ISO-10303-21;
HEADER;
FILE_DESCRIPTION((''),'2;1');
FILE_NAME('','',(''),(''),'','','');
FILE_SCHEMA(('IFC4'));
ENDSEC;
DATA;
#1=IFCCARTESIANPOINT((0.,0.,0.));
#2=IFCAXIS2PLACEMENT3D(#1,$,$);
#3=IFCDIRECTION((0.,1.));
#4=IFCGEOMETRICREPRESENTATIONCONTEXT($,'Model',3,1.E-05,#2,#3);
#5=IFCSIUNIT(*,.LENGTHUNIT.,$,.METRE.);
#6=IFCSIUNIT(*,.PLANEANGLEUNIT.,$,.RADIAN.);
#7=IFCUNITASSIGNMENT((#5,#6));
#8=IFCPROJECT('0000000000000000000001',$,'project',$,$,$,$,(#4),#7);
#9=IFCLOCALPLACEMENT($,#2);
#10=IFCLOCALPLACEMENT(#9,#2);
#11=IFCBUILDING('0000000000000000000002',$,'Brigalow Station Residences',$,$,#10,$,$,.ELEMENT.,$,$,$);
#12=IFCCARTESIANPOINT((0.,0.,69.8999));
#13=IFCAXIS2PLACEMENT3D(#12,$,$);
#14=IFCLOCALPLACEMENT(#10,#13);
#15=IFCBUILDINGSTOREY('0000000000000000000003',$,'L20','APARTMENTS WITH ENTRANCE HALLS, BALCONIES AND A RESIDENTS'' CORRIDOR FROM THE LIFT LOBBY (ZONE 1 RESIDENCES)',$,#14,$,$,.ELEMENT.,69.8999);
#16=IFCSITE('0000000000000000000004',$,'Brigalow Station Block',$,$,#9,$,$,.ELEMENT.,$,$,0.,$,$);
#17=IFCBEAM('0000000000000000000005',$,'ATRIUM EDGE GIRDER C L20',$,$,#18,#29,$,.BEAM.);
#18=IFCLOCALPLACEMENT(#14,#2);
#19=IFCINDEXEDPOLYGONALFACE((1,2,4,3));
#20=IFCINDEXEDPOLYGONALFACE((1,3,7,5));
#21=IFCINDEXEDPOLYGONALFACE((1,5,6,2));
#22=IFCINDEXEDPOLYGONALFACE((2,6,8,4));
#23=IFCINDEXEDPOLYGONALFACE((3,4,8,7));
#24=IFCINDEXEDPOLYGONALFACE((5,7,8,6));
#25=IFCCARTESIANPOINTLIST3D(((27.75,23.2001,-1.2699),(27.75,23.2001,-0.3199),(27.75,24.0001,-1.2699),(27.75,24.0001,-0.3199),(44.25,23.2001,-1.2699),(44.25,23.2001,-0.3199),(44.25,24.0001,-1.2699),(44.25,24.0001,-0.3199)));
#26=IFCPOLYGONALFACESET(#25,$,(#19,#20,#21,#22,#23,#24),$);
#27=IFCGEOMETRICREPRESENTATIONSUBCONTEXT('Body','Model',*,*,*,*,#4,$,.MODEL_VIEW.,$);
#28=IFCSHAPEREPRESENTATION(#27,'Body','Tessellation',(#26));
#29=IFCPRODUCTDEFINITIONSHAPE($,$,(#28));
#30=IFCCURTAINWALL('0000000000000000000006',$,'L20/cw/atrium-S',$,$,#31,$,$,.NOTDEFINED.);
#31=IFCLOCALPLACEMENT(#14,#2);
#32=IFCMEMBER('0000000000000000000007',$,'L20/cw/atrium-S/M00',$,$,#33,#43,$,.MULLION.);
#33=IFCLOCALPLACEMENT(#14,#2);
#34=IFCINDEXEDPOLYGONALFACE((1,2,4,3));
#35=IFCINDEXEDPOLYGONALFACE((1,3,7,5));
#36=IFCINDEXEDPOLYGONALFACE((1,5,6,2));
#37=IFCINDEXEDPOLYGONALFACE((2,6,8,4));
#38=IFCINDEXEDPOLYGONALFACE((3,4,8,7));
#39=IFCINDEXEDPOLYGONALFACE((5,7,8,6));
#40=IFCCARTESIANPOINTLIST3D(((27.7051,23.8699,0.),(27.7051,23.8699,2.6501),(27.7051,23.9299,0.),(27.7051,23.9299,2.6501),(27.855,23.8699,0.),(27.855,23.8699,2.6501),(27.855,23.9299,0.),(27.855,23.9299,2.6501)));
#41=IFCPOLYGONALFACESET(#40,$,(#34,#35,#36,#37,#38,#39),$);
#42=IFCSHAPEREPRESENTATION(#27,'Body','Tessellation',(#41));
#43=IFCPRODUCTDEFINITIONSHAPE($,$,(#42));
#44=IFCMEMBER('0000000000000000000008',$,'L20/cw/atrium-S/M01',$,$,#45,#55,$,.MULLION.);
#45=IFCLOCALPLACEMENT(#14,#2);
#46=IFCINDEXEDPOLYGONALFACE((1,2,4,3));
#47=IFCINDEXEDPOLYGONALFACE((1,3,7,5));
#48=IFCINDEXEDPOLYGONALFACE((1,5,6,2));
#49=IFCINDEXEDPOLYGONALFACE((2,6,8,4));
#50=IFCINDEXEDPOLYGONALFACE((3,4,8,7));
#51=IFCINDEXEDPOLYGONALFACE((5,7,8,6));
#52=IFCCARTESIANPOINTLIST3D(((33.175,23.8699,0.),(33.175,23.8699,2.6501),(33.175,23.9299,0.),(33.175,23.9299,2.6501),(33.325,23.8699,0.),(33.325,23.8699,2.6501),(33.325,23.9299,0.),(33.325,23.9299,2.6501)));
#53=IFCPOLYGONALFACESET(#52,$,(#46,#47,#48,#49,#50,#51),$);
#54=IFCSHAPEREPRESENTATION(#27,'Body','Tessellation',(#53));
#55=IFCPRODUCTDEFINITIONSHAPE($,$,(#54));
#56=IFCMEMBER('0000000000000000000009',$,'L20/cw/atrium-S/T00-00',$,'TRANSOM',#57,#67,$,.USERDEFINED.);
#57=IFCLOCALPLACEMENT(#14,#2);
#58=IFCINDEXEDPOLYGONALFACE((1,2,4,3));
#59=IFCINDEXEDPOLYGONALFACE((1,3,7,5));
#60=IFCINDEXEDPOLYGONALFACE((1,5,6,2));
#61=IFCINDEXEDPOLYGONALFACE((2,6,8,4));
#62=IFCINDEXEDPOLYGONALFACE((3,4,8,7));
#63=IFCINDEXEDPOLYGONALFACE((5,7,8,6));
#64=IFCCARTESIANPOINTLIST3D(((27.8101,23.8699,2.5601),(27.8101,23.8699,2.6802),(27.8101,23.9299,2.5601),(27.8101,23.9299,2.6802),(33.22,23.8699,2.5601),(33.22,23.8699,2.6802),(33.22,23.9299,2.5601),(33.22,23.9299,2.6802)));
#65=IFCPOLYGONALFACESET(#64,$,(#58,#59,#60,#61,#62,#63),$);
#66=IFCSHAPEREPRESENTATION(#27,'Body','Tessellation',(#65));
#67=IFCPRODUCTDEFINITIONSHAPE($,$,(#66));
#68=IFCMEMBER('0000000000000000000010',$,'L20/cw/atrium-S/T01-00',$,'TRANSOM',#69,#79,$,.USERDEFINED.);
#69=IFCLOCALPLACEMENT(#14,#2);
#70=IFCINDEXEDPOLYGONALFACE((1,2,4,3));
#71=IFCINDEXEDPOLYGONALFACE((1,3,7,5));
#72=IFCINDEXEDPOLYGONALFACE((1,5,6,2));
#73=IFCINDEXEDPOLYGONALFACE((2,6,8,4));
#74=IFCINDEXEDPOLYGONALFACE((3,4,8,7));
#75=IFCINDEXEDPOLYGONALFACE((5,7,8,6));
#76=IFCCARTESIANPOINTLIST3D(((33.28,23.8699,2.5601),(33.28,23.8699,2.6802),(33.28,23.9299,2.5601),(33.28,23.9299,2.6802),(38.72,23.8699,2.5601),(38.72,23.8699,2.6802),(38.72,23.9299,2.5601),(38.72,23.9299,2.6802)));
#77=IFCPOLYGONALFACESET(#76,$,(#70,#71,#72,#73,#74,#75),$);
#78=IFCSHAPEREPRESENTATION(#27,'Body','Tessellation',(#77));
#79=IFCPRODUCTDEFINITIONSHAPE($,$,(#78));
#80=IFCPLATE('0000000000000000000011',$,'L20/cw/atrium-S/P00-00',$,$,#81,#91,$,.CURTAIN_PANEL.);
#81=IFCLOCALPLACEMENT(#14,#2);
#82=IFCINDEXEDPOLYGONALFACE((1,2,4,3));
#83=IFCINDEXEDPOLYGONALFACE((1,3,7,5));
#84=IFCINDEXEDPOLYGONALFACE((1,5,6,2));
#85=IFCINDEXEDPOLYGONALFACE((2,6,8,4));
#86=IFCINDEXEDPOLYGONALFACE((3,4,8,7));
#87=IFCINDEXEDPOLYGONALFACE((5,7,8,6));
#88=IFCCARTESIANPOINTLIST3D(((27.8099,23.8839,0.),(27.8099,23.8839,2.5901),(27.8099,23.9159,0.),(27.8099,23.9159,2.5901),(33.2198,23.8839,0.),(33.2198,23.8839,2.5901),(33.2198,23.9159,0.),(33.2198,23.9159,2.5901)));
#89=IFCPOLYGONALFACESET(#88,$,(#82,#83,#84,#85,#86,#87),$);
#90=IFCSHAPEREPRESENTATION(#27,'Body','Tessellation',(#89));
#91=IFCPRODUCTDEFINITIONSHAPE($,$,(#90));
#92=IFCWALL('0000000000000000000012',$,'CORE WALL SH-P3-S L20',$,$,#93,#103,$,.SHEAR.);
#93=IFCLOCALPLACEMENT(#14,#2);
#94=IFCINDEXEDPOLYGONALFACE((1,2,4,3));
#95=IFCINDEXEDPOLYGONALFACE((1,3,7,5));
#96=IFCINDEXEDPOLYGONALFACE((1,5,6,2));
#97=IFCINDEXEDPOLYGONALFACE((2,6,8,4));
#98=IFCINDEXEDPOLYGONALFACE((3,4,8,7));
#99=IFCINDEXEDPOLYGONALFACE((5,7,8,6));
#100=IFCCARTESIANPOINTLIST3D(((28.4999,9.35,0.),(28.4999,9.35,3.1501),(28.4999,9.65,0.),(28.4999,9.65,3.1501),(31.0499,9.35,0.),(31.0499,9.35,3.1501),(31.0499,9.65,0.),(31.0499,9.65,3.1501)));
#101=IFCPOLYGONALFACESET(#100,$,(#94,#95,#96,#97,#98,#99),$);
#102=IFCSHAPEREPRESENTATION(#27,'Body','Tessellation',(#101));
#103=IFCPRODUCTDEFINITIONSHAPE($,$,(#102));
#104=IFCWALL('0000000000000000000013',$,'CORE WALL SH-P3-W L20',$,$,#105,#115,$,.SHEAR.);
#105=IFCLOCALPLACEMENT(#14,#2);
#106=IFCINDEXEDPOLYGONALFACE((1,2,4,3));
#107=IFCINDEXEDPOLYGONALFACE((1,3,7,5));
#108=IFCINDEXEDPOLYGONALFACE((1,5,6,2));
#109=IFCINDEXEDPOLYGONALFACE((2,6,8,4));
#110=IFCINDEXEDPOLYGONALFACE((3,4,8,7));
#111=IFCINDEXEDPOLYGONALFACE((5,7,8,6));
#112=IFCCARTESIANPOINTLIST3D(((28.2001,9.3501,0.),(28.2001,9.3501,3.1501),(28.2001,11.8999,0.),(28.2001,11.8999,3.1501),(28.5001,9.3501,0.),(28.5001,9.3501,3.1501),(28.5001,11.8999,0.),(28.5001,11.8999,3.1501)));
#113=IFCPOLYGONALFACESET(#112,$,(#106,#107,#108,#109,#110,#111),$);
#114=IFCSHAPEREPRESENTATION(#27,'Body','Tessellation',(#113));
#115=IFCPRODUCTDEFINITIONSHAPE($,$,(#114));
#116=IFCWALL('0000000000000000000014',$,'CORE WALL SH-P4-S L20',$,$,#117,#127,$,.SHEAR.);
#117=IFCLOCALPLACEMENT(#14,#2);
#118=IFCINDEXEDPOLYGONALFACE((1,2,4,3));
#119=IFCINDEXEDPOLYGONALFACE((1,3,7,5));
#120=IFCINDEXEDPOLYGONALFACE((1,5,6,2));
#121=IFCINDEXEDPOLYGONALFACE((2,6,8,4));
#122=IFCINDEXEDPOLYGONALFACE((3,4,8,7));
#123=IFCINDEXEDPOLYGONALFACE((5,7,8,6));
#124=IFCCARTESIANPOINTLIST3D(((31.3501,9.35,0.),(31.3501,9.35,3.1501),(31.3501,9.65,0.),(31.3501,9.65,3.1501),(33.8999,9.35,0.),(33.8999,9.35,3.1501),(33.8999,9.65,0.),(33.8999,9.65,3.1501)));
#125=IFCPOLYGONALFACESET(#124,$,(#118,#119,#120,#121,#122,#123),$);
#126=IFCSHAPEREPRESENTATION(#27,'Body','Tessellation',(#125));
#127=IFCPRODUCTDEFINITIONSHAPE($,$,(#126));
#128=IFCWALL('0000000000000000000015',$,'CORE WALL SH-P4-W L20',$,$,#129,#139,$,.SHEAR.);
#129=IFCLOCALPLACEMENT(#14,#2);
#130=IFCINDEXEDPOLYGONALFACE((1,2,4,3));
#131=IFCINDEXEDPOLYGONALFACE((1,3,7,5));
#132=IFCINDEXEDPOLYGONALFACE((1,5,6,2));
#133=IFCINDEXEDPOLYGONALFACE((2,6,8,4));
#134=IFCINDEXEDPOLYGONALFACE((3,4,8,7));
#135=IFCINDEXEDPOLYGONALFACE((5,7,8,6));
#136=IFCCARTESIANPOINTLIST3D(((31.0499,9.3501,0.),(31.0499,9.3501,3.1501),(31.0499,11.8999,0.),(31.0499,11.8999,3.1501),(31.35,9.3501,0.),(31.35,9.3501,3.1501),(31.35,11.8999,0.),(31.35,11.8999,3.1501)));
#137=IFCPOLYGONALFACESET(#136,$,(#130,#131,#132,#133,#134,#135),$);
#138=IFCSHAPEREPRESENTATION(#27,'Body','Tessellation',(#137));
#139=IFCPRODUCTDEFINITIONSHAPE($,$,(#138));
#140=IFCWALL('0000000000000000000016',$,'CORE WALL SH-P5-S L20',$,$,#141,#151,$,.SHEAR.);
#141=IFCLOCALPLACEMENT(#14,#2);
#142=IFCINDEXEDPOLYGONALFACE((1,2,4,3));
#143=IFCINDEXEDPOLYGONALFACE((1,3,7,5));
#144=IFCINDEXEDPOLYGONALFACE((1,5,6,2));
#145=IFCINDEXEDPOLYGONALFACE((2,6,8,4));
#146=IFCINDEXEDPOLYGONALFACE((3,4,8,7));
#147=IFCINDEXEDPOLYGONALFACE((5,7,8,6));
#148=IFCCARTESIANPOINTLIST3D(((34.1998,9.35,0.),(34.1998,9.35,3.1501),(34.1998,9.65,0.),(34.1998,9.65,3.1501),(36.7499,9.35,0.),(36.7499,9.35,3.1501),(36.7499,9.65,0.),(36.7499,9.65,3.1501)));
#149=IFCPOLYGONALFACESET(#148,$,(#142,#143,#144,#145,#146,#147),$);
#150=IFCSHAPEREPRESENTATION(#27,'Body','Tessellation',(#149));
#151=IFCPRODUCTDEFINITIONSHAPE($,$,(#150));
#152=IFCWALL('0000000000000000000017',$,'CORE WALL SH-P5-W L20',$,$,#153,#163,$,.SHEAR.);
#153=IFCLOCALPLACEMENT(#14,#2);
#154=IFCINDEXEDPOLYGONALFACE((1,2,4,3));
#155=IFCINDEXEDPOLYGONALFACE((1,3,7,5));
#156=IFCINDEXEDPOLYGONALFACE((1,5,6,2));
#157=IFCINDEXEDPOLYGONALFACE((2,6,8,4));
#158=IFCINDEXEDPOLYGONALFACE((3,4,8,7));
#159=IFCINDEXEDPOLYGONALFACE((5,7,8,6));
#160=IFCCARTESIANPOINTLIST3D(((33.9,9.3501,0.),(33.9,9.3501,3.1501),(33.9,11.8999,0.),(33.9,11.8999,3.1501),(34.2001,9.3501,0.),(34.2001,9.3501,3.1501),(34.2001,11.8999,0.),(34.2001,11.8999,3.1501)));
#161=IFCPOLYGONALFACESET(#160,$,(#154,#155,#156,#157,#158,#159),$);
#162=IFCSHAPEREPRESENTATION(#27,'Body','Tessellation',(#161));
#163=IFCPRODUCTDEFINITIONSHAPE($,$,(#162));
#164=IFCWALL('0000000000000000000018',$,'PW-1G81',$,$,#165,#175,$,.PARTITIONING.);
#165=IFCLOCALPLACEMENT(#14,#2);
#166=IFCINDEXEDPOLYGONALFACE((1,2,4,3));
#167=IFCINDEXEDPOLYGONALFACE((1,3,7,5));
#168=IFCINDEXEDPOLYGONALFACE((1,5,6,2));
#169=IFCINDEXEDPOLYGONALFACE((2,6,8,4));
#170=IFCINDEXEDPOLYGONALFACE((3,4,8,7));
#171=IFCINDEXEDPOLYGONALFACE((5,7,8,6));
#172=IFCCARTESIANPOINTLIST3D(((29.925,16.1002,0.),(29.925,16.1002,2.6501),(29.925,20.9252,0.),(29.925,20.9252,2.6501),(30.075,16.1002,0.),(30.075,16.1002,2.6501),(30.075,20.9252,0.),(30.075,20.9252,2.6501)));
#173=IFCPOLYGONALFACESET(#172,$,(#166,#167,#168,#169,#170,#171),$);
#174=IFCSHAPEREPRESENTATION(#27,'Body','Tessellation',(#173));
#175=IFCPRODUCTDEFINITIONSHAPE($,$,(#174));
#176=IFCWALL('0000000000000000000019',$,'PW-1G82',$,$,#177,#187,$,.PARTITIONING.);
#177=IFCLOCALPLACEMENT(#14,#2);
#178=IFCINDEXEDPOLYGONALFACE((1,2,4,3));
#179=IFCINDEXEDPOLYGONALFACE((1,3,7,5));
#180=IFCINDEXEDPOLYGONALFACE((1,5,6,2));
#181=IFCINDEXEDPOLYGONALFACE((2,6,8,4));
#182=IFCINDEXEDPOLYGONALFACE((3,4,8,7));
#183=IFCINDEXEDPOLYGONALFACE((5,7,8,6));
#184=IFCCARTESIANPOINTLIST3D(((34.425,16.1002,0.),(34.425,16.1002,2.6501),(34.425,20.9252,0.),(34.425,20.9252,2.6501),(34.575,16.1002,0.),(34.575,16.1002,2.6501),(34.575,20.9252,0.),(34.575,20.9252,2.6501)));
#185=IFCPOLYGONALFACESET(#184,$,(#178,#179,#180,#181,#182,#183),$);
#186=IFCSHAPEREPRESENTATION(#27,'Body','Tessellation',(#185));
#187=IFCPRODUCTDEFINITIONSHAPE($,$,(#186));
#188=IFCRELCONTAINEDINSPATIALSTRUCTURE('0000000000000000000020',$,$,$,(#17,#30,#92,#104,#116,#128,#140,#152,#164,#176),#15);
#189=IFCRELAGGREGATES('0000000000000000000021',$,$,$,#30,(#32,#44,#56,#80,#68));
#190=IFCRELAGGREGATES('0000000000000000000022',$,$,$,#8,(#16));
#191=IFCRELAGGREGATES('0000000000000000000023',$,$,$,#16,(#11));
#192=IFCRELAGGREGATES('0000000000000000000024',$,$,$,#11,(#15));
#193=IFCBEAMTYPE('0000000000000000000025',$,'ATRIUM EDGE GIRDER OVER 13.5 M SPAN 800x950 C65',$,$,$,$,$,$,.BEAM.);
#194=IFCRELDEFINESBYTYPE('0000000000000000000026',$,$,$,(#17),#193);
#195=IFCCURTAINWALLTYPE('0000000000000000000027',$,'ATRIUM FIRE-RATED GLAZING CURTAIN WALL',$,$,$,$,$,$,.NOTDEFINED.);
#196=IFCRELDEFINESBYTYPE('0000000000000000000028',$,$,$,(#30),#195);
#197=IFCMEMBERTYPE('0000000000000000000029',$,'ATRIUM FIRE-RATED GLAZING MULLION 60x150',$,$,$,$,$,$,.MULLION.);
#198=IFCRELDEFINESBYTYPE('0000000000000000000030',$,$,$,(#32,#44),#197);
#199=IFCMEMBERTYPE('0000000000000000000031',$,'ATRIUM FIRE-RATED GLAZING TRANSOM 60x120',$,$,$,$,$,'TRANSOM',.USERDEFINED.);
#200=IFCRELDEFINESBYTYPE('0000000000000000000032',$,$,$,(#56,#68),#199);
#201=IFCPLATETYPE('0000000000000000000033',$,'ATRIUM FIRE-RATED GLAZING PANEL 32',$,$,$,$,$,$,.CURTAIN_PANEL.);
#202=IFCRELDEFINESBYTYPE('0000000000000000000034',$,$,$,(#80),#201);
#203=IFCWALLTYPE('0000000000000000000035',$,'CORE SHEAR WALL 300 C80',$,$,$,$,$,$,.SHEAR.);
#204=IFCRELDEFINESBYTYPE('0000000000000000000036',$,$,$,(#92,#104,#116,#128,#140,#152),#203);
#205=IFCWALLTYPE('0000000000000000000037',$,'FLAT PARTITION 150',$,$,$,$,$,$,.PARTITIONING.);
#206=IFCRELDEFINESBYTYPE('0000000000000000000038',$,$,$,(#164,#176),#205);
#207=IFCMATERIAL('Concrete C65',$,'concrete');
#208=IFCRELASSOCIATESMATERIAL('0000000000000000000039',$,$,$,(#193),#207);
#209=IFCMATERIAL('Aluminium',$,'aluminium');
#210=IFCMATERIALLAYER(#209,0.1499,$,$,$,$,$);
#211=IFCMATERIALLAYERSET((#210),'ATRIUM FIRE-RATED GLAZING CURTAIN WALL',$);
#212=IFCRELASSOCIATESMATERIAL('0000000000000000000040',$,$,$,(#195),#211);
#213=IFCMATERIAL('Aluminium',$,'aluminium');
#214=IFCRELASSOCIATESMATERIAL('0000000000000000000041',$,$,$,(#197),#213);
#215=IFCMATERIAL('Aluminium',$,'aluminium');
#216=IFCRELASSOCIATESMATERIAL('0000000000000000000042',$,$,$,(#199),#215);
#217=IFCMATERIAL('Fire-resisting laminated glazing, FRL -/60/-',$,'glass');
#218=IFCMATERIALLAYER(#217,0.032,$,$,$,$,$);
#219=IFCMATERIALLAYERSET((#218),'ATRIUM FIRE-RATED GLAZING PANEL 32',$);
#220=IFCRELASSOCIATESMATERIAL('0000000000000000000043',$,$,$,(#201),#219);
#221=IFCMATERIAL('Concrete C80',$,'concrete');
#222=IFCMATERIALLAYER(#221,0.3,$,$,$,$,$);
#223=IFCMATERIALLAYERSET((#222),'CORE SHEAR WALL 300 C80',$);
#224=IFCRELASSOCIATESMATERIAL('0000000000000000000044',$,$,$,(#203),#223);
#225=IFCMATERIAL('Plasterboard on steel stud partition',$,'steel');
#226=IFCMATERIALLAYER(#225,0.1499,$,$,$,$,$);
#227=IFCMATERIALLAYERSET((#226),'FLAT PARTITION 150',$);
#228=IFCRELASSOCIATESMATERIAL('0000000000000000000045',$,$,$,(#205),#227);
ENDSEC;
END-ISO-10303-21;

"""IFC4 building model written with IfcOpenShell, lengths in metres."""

from ifc_helpers import new_model, si_unit, direction, frame, frame_2d, origin, origin_2d, place, context, subcontext, project, spatial, rectangle, extrude, material, layer, layer_set, material_profile, profile_set, type_object, element, aggregate, save


model = new_model("IFC4")

# Units and contexts
model_context = context("Model", 3, precision=1e-05, world=origin(), true_north=direction((0.0, 1.0)))
body_context = subcontext(model_context, "Body", "Model", "MODEL_VIEW")
ifc_project = project(units=[si_unit("LENGTHUNIT", "METRE"), si_unit("PLANEANGLEUNIT", "RADIAN")], contexts=[model_context])

# Site, building, storey
site_placement = place(None, origin())
site = spatial("IfcSite", under=ifc_project, at=site_placement, Name="Brigalow Station Block", CompositionType="ELEMENT", RefElevation=0.0)
building_placement = place(site_placement, origin())
building = spatial("IfcBuilding", under=site, at=building_placement, Name="Brigalow Station Residences", CompositionType="ELEMENT")
storey_placement = place(building_placement, frame((0.0, 0.0, 69.8999)))
storey = spatial("IfcBuildingStorey", under=building, at=storey_placement, Name="L20", Description="APARTMENTS WITH ENTRANCE HALLS, BALCONIES AND A RESIDENTS' CORRIDOR FROM THE LIFT LOBBY (ZONE 1 RESIDENCES)", CompositionType="ELEMENT", Elevation=69.8999)

# Beam
ifc_material_1 = material(Name="Concrete C65", Category="concrete")
ifc_material_profile_1 = material_profile(ifc_material_1, rectangle(XDim=0.8, YDim=0.95, at=origin_2d()), Name="RC800x950")
ifc_profile_set_1 = profile_set([ifc_material_profile_1], Name="Concrete C65")
beam_type = type_object("IfcBeamType", Name="ATRIUM EDGE GIRDER OVER 13.5 M SPAN 800x950 C65", PredefinedType="BEAM", material=ifc_profile_set_1)
beam_placement = place(storey_placement, frame((27.75, 23.6001, -0.7949), z_axis=(1.0, 0.0, 0.0), x_axis=(0.0, 1.0, 0.0)))
element("IfcBeam", 1, at=beam_placement, inside=storey, type_object=beam_type, Name="ATRIUM EDGE GIRDER C L20", PredefinedType="BEAM", context=body_context, shape_type="SweptSolid", body=[
    extrude(rectangle(XDim=0.8, YDim=0.95, at=origin_2d()), origin(), (0.0, 0.0, 1.0), 16.5),
])

# Curtain wall, members, plate
ifc_material_2 = material(Name="Aluminium", Category="aluminium")
ifc_layer_1 = layer(ifc_material_2, 0.1499)
ifc_layer_set_1 = layer_set([ifc_layer_1], Name="ATRIUM FIRE-RATED GLAZING CURTAIN WALL")
curtain_wall_type = type_object("IfcCurtainWallType", Name="ATRIUM FIRE-RATED GLAZING CURTAIN WALL", PredefinedType="NOTDEFINED", material=ifc_layer_set_1)
curtain_wall_placement = place(storey_placement, origin())
curtain_wall = element("IfcCurtainWall", 2, at=curtain_wall_placement, inside=storey, type_object=curtain_wall_type, Name="L20/cw/atrium-S", PredefinedType="NOTDEFINED")
ifc_material_3 = material(Name="Aluminium", Category="aluminium")
ifc_material_profile_2 = material_profile(ifc_material_3, rectangle(XDim=0.0601, YDim=0.1499, at=origin_2d()), Name="ATRIUM FIRE-RATED GLAZING MULLION 60x150")
ifc_profile_set_2 = profile_set([ifc_material_profile_2], Name="Aluminium")
member_type_1 = type_object("IfcMemberType", Name="ATRIUM FIRE-RATED GLAZING MULLION 60x150", PredefinedType="MULLION", material=ifc_profile_set_2)
member_1_placement = place(storey_placement, frame((27.78, 23.8999, 0.0), z_axis=(0.0, 0.0, 1.0), x_axis=(0.0, 1.0, 0.0)))
member_1 = element("IfcMember", 3, at=member_1_placement, type_object=member_type_1, Name="L20/cw/atrium-S/M00", PredefinedType="MULLION", context=body_context, shape_type="SweptSolid", body=[
    extrude(rectangle(XDim=0.0601, YDim=0.1499, at=origin_2d()), origin(), (0.0, 0.0, 1.0), 2.6501),
])
member_2_placement = place(storey_placement, frame((33.25, 23.8999, 0.0), z_axis=(0.0, 0.0, 1.0), x_axis=(0.0, 1.0, 0.0)))
member_2 = element("IfcMember", 4, at=member_2_placement, type_object=member_type_1, Name="L20/cw/atrium-S/M01", PredefinedType="MULLION", context=body_context, shape_type="SweptSolid", body=[
    extrude(rectangle(XDim=0.0601, YDim=0.1499, at=origin_2d()), origin(), (0.0, 0.0, 1.0), 2.6501),
])
ifc_material_4 = material(Name="Aluminium", Category="aluminium")
ifc_material_profile_3 = material_profile(ifc_material_4, rectangle(XDim=0.0601, YDim=0.1201, at=origin_2d()), Name="ATRIUM FIRE-RATED GLAZING TRANSOM 60x120")
ifc_profile_set_3 = profile_set([ifc_material_profile_3], Name="Aluminium")
member_type_2 = type_object("IfcMemberType", Name="ATRIUM FIRE-RATED GLAZING TRANSOM 60x120", ElementType="TRANSOM", PredefinedType="USERDEFINED", material=ifc_profile_set_3)
member_3_placement = place(storey_placement, frame((27.8101, 23.8999, 2.6201), z_axis=(1.0, 0.0, 0.0), x_axis=(0.0, 1.0, 0.0)))
member_3 = element("IfcMember", 5, at=member_3_placement, type_object=member_type_2, Name="L20/cw/atrium-S/T00-00", ObjectType="TRANSOM", PredefinedType="USERDEFINED", context=body_context, shape_type="SweptSolid", body=[
    extrude(rectangle(XDim=0.0601, YDim=0.1201, at=origin_2d()), origin(), (0.0, 0.0, 1.0), 5.4099),
])
member_4_placement = place(storey_placement, frame((33.28, 23.8999, 2.6201), z_axis=(1.0, 0.0, 0.0), x_axis=(0.0, 1.0, 0.0)))
member_4 = element("IfcMember", 6, at=member_4_placement, type_object=member_type_2, Name="L20/cw/atrium-S/T01-00", ObjectType="TRANSOM", PredefinedType="USERDEFINED", context=body_context, shape_type="SweptSolid", body=[
    extrude(rectangle(XDim=0.0601, YDim=0.1201, at=origin_2d()), origin(), (0.0, 0.0, 1.0), 5.4399),
])
ifc_material_5 = material(Name="Fire-resisting laminated glazing, FRL -/60/-", Category="glass")
ifc_layer_2 = layer(ifc_material_5, 0.032)
ifc_layer_set_2 = layer_set([ifc_layer_2], Name="ATRIUM FIRE-RATED GLAZING PANEL 32")
plate_type = type_object("IfcPlateType", Name="ATRIUM FIRE-RATED GLAZING PANEL 32", PredefinedType="CURTAIN_PANEL", material=ifc_layer_set_2)
plate_placement = place(storey_placement, frame((30.5149, 23.8999, 0.0), z_axis=(0.0, 0.0, 1.0), x_axis=(1.0, 0.0, 0.0)))
plate = element("IfcPlate", 7, at=plate_placement, type_object=plate_type, Name="L20/cw/atrium-S/P00-00", PredefinedType="CURTAIN_PANEL", context=body_context, shape_type="SweptSolid", body=[
    extrude(rectangle(XDim=5.4099, YDim=0.032, at=origin_2d()), origin(), (0.0, 0.0, 1.0), 2.5901),
])
aggregate(curtain_wall, [member_1, member_2, member_3, plate, member_4])

# Walls
ifc_material_6 = material(Name="Concrete C80", Category="concrete")
ifc_layer_3 = layer(ifc_material_6, 0.3)
ifc_layer_set_3 = layer_set([ifc_layer_3], Name="CORE SHEAR WALL 300 C80")
wall_type_1 = type_object("IfcWallType", Name="CORE SHEAR WALL 300 C80", PredefinedType="SHEAR", material=ifc_layer_set_3)
wall_1_placement = place(storey_placement, frame((28.5, 9.5, 0.0), z_axis=(0.0, 0.0, 1.0), x_axis=(1.0, 0.0, 0.0)))
element("IfcWall", 8, at=wall_1_placement, inside=storey, type_object=wall_type_1, Name="CORE WALL SH-P3-S L20", PredefinedType="SHEAR", context=body_context, shape_type="SweptSolid", body=[
    extrude(rectangle(XDim=2.55, YDim=0.3, at=frame_2d((1.2749, 0.0))), origin(), (0.0, 0.0, 1.0), 3.1501),
])
for number, where, z_axis, x_axis, name in (
    (9, (28.3501, 9.3501, 0.0), (0.0, 0.0, 1.0), (0.0, 1.0, 0.0), "CORE WALL SH-P3-W L20"),
    (10, (31.3501, 9.5, 0.0), (0.0, 0.0, 1.0), (1.0, 0.0, 0.0), "CORE WALL SH-P4-S L20"),
    (11, (31.2, 9.3501, 0.0), (0.0, 0.0, 1.0), (0.0, 1.0, 0.0), "CORE WALL SH-P4-W L20"),
):
    element("IfcWall", number, at=place(storey_placement, frame(where, z_axis=z_axis, x_axis=x_axis)), inside=storey, type_object=wall_type_1, Name=name, PredefinedType="SHEAR", context=body_context, shape_type="SweptSolid", body=[
        extrude(rectangle(XDim=2.5498, YDim=0.3, at=frame_2d((1.2749, 0.0))), origin(), (0.0, 0.0, 1.0), 3.1501),
    ])
wall_2_placement = place(storey_placement, frame((34.2, 9.5, 0.0), z_axis=(0.0, 0.0, 1.0), x_axis=(1.0, 0.0, 0.0)))
element("IfcWall", 12, at=wall_2_placement, inside=storey, type_object=wall_type_1, Name="CORE WALL SH-P5-S L20", PredefinedType="SHEAR", context=body_context, shape_type="SweptSolid", body=[
    extrude(rectangle(XDim=2.55, YDim=0.3, at=frame_2d((1.2749, 0.0))), origin(), (0.0, 0.0, 1.0), 3.1501),
])
wall_3_placement = place(storey_placement, frame((34.05, 9.3501, 0.0), z_axis=(0.0, 0.0, 1.0), x_axis=(0.0, 1.0, 0.0)))
element("IfcWall", 13, at=wall_3_placement, inside=storey, type_object=wall_type_1, Name="CORE WALL SH-P5-W L20", PredefinedType="SHEAR", context=body_context, shape_type="SweptSolid", body=[
    extrude(rectangle(XDim=2.5498, YDim=0.3, at=frame_2d((1.2749, 0.0))), origin(), (0.0, 0.0, 1.0), 3.1501),
])
ifc_material_7 = material(Name="Plasterboard on steel stud partition", Category="steel")
ifc_layer_4 = layer(ifc_material_7, 0.1499)
ifc_layer_set_4 = layer_set([ifc_layer_4], Name="FLAT PARTITION 150")
wall_type_2 = type_object("IfcWallType", Name="FLAT PARTITION 150", PredefinedType="PARTITIONING", material=ifc_layer_set_4)
for number, where, z_axis, x_axis, name in (
    (14, (30.0, 16.1001, 0.0), (0.0, 0.0, 1.0), (0.0, 1.0, 0.0), "PW-1G81"),
    (15, (34.5, 16.1001, 0.0), (0.0, 0.0, 1.0), (0.0, 1.0, 0.0), "PW-1G82"),
):
    element("IfcWall", number, at=place(storey_placement, frame(where, z_axis=z_axis, x_axis=x_axis)), inside=storey, type_object=wall_type_2, Name=name, PredefinedType="PARTITIONING", context=body_context, shape_type="SweptSolid", body=[
        extrude(rectangle(XDim=4.825, YDim=0.1499, at=frame_2d((2.4126, 0.0))), origin(), (0.0, 0.0, 1.0), 2.6501),
    ])

save(model, "model.ifc")
